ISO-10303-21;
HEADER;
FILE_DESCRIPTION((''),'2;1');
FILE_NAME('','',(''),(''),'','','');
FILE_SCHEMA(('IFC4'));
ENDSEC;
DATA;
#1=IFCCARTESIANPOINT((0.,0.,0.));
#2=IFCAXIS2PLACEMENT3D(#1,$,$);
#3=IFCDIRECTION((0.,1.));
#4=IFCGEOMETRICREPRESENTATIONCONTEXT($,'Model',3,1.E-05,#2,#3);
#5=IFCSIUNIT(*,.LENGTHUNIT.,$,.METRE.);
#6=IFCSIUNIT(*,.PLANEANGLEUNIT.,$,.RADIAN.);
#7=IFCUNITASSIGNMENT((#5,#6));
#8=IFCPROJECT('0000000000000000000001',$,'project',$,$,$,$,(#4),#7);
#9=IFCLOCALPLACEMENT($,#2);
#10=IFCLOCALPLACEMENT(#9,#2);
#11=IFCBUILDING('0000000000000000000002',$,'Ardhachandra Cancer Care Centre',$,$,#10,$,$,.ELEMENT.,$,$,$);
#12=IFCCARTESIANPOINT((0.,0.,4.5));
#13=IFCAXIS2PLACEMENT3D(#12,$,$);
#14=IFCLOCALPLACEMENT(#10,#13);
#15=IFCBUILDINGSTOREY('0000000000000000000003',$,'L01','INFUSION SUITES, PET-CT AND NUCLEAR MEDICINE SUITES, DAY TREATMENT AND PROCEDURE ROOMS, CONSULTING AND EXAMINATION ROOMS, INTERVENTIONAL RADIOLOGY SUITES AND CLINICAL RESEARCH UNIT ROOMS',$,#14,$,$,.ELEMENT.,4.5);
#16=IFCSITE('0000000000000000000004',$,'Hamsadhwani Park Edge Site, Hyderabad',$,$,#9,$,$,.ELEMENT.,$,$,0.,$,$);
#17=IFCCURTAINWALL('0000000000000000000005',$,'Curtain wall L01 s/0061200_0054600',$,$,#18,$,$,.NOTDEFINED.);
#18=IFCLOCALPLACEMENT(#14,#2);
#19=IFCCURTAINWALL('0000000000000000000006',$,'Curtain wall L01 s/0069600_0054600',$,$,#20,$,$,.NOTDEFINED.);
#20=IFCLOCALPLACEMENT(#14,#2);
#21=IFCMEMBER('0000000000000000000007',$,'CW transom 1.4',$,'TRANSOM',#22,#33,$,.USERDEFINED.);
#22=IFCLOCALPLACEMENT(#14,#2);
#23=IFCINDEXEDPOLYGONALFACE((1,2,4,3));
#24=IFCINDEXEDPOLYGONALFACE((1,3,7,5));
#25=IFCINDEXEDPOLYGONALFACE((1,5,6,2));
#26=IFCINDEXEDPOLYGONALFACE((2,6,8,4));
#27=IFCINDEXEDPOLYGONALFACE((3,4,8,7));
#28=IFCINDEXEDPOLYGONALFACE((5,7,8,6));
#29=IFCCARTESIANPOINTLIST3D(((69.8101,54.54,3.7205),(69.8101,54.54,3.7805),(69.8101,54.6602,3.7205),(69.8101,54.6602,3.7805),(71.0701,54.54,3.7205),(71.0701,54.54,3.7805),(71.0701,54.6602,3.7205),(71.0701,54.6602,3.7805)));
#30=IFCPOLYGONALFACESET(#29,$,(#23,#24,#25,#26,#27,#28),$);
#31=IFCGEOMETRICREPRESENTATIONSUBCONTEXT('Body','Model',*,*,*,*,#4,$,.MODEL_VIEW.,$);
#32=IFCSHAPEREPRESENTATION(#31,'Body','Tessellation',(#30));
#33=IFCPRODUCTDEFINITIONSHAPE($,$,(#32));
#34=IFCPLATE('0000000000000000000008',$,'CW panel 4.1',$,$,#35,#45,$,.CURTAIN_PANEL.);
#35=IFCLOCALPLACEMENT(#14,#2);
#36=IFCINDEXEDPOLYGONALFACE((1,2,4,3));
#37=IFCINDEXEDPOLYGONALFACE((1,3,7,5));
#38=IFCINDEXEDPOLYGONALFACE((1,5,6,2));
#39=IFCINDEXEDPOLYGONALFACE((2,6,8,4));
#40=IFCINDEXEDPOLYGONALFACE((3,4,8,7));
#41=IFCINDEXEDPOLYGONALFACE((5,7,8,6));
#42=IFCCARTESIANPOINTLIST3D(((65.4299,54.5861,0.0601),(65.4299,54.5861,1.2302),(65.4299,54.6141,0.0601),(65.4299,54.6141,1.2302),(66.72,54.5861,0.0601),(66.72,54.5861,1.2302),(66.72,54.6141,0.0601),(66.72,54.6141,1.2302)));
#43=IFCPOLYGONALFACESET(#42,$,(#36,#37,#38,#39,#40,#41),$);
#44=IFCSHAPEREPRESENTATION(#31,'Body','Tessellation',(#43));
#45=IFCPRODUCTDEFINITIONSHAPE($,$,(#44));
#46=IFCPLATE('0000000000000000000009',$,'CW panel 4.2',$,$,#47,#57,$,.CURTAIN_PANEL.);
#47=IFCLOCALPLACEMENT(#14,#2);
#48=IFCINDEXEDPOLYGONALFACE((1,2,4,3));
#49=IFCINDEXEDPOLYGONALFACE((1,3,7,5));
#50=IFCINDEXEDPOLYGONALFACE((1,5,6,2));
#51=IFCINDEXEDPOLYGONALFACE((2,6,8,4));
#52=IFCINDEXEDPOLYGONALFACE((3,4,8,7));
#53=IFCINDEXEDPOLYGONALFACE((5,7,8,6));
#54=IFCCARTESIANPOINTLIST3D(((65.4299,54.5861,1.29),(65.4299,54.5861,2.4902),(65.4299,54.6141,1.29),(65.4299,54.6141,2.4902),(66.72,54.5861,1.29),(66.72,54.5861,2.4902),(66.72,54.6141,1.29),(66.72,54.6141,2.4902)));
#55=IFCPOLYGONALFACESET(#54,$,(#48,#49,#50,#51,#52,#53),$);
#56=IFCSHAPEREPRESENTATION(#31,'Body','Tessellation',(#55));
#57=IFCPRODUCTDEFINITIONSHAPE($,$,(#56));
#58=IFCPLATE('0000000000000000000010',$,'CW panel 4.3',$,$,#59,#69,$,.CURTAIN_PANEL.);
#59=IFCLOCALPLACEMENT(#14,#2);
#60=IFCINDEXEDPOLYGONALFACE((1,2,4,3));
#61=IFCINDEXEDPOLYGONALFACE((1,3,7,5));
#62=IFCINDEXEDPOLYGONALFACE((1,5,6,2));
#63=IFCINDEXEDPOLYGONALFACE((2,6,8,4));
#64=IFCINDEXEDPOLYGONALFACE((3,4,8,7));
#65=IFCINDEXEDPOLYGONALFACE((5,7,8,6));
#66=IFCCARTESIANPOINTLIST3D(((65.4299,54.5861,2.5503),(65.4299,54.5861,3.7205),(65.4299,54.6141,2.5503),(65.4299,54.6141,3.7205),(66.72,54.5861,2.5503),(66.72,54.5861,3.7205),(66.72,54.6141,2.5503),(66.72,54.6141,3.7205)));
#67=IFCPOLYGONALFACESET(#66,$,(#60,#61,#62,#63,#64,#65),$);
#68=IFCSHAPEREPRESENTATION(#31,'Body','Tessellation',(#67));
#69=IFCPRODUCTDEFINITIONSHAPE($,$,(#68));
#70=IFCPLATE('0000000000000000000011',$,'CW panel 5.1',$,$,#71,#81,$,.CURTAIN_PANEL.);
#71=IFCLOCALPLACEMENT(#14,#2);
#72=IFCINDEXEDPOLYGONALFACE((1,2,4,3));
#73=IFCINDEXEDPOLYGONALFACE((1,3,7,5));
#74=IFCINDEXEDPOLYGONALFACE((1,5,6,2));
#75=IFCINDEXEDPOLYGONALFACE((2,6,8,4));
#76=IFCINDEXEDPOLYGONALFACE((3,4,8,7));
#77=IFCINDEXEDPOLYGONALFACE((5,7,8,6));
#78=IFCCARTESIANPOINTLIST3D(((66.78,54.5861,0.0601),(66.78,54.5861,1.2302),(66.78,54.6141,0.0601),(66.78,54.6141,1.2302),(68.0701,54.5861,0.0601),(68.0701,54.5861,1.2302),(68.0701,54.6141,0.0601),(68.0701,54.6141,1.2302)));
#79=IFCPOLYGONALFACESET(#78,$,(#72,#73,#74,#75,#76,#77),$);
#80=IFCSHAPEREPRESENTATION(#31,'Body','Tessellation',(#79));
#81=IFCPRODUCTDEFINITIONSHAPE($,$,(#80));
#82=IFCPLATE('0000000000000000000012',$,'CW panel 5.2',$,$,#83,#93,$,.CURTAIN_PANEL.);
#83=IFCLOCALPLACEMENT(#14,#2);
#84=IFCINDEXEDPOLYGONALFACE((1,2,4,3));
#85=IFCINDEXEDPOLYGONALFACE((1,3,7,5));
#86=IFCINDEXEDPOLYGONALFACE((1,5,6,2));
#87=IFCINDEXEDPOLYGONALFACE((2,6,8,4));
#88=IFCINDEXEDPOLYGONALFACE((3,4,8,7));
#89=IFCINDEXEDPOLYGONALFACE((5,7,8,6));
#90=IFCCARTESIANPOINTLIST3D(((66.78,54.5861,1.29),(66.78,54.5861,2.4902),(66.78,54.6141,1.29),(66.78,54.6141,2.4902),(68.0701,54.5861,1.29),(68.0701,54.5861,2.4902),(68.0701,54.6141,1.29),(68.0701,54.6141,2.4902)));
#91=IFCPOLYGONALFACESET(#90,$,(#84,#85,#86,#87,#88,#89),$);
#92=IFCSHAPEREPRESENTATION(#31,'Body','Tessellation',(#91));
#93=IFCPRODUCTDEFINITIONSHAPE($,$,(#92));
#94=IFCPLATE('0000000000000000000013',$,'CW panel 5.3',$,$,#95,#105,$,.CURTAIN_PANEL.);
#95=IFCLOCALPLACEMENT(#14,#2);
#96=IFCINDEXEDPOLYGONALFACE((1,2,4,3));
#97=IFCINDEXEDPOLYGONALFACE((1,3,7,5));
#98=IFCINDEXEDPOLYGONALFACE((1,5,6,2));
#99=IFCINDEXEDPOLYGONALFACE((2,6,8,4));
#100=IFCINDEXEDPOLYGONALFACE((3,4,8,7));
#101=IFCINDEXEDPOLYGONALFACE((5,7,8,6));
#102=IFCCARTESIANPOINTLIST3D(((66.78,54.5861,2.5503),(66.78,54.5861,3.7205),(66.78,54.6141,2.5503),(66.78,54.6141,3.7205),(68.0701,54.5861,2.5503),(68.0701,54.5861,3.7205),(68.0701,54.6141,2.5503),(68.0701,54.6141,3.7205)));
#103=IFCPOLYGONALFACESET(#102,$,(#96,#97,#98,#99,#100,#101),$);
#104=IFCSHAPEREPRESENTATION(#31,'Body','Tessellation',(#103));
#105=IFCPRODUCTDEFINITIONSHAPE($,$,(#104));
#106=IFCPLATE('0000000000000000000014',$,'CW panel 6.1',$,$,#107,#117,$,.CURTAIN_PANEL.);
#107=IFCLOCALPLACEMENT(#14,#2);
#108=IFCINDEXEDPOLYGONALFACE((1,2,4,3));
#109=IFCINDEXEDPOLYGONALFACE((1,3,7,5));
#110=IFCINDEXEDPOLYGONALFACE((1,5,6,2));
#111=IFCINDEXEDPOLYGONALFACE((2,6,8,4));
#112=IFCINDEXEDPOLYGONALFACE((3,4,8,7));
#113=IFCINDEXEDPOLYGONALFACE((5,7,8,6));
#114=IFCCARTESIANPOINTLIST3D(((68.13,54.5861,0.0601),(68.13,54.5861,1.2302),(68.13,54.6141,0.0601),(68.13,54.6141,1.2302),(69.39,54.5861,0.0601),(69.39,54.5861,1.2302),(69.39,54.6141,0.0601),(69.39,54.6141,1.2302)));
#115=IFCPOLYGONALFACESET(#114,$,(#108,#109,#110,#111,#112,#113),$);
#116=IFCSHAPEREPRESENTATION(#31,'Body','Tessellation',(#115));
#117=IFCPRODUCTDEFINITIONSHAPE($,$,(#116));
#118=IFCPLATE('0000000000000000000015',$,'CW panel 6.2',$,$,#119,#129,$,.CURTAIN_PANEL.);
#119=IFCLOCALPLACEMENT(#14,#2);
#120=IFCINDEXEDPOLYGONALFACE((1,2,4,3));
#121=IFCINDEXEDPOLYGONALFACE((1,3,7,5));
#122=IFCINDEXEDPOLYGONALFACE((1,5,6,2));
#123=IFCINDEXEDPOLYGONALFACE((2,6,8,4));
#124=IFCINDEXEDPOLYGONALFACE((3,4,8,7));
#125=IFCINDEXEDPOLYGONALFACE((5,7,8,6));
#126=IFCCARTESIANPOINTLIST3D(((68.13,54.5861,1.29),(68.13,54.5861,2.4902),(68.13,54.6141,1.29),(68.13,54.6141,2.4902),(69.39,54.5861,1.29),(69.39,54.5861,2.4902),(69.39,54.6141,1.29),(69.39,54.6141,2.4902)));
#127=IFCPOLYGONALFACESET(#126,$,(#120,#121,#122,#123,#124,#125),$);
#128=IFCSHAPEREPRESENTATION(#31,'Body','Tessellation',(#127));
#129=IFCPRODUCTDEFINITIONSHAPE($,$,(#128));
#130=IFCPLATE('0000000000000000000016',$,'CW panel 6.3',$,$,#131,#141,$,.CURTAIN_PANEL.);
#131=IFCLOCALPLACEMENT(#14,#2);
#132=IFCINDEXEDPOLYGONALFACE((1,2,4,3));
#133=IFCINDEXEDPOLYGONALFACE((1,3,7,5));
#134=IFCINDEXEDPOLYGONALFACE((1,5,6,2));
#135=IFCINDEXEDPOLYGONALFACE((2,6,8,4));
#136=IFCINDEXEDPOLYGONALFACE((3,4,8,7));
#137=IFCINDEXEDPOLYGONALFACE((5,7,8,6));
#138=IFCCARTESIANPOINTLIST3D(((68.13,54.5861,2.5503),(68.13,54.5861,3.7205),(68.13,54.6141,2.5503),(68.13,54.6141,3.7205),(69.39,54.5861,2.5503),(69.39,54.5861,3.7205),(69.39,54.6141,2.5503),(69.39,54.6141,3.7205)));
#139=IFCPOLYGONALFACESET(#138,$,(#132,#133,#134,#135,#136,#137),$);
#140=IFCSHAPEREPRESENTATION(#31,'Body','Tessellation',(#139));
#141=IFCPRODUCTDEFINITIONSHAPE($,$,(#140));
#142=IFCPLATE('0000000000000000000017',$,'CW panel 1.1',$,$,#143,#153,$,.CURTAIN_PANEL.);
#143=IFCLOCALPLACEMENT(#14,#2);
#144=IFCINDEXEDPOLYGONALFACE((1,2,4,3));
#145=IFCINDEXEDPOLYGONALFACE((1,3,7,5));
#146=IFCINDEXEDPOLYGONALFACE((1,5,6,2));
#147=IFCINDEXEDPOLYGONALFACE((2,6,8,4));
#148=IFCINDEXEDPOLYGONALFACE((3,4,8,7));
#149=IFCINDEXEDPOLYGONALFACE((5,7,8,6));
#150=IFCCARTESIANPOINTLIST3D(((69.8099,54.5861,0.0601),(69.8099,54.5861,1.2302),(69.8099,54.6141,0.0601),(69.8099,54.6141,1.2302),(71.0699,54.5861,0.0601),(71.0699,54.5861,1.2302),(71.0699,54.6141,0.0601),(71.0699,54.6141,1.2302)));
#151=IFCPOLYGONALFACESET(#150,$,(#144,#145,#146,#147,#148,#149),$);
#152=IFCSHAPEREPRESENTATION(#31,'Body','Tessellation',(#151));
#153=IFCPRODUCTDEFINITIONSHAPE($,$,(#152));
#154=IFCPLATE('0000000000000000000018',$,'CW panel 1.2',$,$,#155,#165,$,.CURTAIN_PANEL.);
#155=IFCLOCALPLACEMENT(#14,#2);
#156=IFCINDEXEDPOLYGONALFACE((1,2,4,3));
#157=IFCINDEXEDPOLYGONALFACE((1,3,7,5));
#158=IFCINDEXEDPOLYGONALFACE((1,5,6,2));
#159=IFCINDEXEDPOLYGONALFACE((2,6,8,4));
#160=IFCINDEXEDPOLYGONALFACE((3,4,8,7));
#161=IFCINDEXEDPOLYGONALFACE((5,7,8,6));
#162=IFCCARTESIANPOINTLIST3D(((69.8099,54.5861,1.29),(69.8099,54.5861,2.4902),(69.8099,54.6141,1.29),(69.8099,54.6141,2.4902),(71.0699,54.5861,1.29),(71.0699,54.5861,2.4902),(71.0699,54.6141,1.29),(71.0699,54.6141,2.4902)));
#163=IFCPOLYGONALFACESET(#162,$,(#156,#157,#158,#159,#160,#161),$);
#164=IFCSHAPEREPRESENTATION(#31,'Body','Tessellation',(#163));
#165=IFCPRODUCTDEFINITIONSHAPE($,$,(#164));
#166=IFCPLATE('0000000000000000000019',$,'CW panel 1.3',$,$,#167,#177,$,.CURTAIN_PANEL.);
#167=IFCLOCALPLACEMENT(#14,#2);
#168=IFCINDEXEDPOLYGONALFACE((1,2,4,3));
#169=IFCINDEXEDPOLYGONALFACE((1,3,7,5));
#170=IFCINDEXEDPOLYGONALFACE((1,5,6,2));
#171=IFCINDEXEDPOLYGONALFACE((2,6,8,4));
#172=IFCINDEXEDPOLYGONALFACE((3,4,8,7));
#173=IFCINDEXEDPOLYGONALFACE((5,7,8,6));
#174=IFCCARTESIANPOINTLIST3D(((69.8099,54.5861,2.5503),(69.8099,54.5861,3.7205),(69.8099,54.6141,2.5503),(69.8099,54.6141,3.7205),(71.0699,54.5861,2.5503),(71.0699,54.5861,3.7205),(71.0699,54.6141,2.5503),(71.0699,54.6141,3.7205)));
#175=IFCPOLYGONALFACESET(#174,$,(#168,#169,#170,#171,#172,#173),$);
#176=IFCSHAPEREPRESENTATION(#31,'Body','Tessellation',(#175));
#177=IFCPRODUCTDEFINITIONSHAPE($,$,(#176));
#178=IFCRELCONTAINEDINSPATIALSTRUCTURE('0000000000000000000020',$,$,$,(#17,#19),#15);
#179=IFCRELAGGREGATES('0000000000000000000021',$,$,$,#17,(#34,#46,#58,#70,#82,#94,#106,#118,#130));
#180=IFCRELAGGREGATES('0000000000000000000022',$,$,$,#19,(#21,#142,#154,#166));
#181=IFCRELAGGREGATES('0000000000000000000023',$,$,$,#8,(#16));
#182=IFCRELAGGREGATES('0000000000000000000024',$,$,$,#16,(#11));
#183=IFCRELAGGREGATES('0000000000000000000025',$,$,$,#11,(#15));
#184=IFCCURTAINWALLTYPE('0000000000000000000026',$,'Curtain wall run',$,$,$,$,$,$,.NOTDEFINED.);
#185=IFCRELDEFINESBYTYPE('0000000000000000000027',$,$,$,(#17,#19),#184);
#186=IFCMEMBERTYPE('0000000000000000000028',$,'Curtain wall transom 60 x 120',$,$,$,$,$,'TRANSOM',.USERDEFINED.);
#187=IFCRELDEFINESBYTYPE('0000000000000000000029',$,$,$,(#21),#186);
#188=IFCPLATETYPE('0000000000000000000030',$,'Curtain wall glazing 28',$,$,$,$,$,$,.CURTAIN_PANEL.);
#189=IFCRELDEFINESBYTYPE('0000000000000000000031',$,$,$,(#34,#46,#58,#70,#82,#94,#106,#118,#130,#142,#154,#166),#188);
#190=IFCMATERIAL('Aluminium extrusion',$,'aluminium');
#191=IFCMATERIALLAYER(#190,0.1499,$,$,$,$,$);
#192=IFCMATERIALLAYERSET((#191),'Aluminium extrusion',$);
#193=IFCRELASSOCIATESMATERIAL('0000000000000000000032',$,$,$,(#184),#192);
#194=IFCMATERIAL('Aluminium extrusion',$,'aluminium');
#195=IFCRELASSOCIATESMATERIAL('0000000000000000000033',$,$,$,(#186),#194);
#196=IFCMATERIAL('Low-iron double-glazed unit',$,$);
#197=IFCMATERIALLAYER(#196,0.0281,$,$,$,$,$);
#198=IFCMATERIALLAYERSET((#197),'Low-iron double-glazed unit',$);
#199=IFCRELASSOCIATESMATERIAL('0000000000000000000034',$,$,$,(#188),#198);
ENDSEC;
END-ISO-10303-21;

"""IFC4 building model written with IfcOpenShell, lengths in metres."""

from ifc_helpers import new_model, si_unit, direction, frame, origin, origin_2d, place, context, subcontext, project, spatial, rectangle, extrude, material, layer, layer_set, material_profile, profile_set, type_object, element, aggregate, save


model = new_model("IFC4")

# Units and contexts
model_context = context("Model", 3, precision=1e-05, world=origin(), true_north=direction((0.0, 1.0)))
body_context = subcontext(model_context, "Body", "Model", "MODEL_VIEW")
ifc_project = project(units=[si_unit("LENGTHUNIT", "METRE"), si_unit("PLANEANGLEUNIT", "RADIAN")], contexts=[model_context])

# Site, building, storey
site_placement = place(None, origin())
site = spatial("IfcSite", under=ifc_project, at=site_placement, Name="Hamsadhwani Park Edge Site, Hyderabad", CompositionType="ELEMENT", RefElevation=0.0)
building_placement = place(site_placement, origin())
building = spatial("IfcBuilding", under=site, at=building_placement, Name="Ardhachandra Cancer Care Centre", CompositionType="ELEMENT")
storey_placement = place(building_placement, frame((0.0, 0.0, 4.5)))
storey = spatial("IfcBuildingStorey", under=building, at=storey_placement, Name="L01", Description="INFUSION SUITES, PET-CT AND NUCLEAR MEDICINE SUITES, DAY TREATMENT AND PROCEDURE ROOMS, CONSULTING AND EXAMINATION ROOMS, INTERVENTIONAL RADIOLOGY SUITES AND CLINICAL RESEARCH UNIT ROOMS", CompositionType="ELEMENT", Elevation=4.5)

# Curtain walls
ifc_material_1 = material(Name="Aluminium extrusion", Category="aluminium")
ifc_layer_1 = layer(ifc_material_1, 0.1499)
ifc_layer_set_1 = layer_set([ifc_layer_1], Name="Aluminium extrusion")
curtain_wall_type = type_object("IfcCurtainWallType", Name="Curtain wall run", PredefinedType="NOTDEFINED", material=ifc_layer_set_1)
curtain_wall_1_placement = place(storey_placement, origin())
curtain_wall_1 = element("IfcCurtainWall", 1, at=curtain_wall_1_placement, inside=storey, type_object=curtain_wall_type, Name="Curtain wall L01 s/0061200_0054600", PredefinedType="NOTDEFINED")
curtain_wall_2_placement = place(storey_placement, origin())
curtain_wall_2 = element("IfcCurtainWall", 2, at=curtain_wall_2_placement, inside=storey, type_object=curtain_wall_type, Name="Curtain wall L01 s/0069600_0054600", PredefinedType="NOTDEFINED")

# Member
ifc_material_2 = material(Name="Aluminium extrusion", Category="aluminium")
ifc_material_profile_1 = material_profile(ifc_material_2, rectangle(XDim=0.1201, YDim=0.0601, at=origin_2d()), Name="Curtain wall transom 60 x 120")
ifc_profile_set_1 = profile_set([ifc_material_profile_1], Name="Aluminium extrusion")
member_type_1 = type_object("IfcMemberType", Name="Curtain wall transom 60 x 120", ElementType="TRANSOM", PredefinedType="USERDEFINED", material=ifc_profile_set_1)
member_1_placement = place(storey_placement, frame((69.8101, 54.6001, 3.7505), z_axis=(1.0, 0.0, 0.0), x_axis=(0.0, 1.0, 0.0)))
member_1 = element("IfcMember", 3, at=member_1_placement, type_object=member_type_1, Name="CW transom 1.4", ObjectType="TRANSOM", PredefinedType="USERDEFINED", context=body_context, shape_type="SweptSolid", body=[
    extrude(rectangle(XDim=0.1201, YDim=0.0601, at=origin_2d()), origin(), (0.0, 0.0, 1.0), 1.26),
])

# Plates
ifc_material_3 = material(Name="Low-iron double-glazed unit")
ifc_layer_2 = layer(ifc_material_3, 0.0281)
ifc_layer_set_2 = layer_set([ifc_layer_2], Name="Low-iron double-glazed unit")
plate_type = type_object("IfcPlateType", Name="Curtain wall glazing 28", PredefinedType="CURTAIN_PANEL", material=ifc_layer_set_2)
plate_1_placement = place(storey_placement, frame((66.075, 54.6001, 0.0601), z_axis=(0.0, 0.0, 1.0), x_axis=(1.0, 0.0, 0.0)))
plate_1 = element("IfcPlate", 4, at=plate_1_placement, type_object=plate_type, Name="CW panel 4.1", PredefinedType="CURTAIN_PANEL", context=body_context, shape_type="SweptSolid", body=[
    extrude(rectangle(XDim=1.29, YDim=0.0281, at=origin_2d()), origin(), (0.0, 0.0, 1.0), 1.1702),
])
plate_2_placement = place(storey_placement, frame((66.075, 54.6001, 1.29), z_axis=(0.0, 0.0, 1.0), x_axis=(1.0, 0.0, 0.0)))
plate_2 = element("IfcPlate", 5, at=plate_2_placement, type_object=plate_type, Name="CW panel 4.2", PredefinedType="CURTAIN_PANEL", context=body_context, shape_type="SweptSolid", body=[
    extrude(rectangle(XDim=1.29, YDim=0.0281, at=origin_2d()), origin(), (0.0, 0.0, 1.0), 1.2002),
])
plate_3_placement = place(storey_placement, frame((66.075, 54.6001, 2.5503), z_axis=(0.0, 0.0, 1.0), x_axis=(1.0, 0.0, 0.0)))
plate_3 = element("IfcPlate", 6, at=plate_3_placement, type_object=plate_type, Name="CW panel 4.3", PredefinedType="CURTAIN_PANEL", context=body_context, shape_type="SweptSolid", body=[
    extrude(rectangle(XDim=1.29, YDim=0.0281, at=origin_2d()), origin(), (0.0, 0.0, 1.0), 1.1702),
])
plate_4_placement = place(storey_placement, frame((67.425, 54.6001, 0.0601), z_axis=(0.0, 0.0, 1.0), x_axis=(1.0, 0.0, 0.0)))
plate_4 = element("IfcPlate", 7, at=plate_4_placement, type_object=plate_type, Name="CW panel 5.1", PredefinedType="CURTAIN_PANEL", context=body_context, shape_type="SweptSolid", body=[
    extrude(rectangle(XDim=1.29, YDim=0.0281, at=origin_2d()), origin(), (0.0, 0.0, 1.0), 1.1702),
])
plate_5_placement = place(storey_placement, frame((67.425, 54.6001, 1.29), z_axis=(0.0, 0.0, 1.0), x_axis=(1.0, 0.0, 0.0)))
plate_5 = element("IfcPlate", 8, at=plate_5_placement, type_object=plate_type, Name="CW panel 5.2", PredefinedType="CURTAIN_PANEL", context=body_context, shape_type="SweptSolid", body=[
    extrude(rectangle(XDim=1.29, YDim=0.0281, at=origin_2d()), origin(), (0.0, 0.0, 1.0), 1.2002),
])
plate_6_placement = place(storey_placement, frame((67.425, 54.6001, 2.5503), z_axis=(0.0, 0.0, 1.0), x_axis=(1.0, 0.0, 0.0)))
plate_6 = element("IfcPlate", 9, at=plate_6_placement, type_object=plate_type, Name="CW panel 5.3", PredefinedType="CURTAIN_PANEL", context=body_context, shape_type="SweptSolid", body=[
    extrude(rectangle(XDim=1.29, YDim=0.0281, at=origin_2d()), origin(), (0.0, 0.0, 1.0), 1.1702),
])
plate_7_placement = place(storey_placement, frame((68.76, 54.6001, 0.0601), z_axis=(0.0, 0.0, 1.0), x_axis=(1.0, 0.0, 0.0)))
plate_7 = element("IfcPlate", 10, at=plate_7_placement, type_object=plate_type, Name="CW panel 6.1", PredefinedType="CURTAIN_PANEL", context=body_context, shape_type="SweptSolid", body=[
    extrude(rectangle(XDim=1.26, YDim=0.0281, at=origin_2d()), origin(), (0.0, 0.0, 1.0), 1.1702),
])
plate_8_placement = place(storey_placement, frame((68.76, 54.6001, 1.29), z_axis=(0.0, 0.0, 1.0), x_axis=(1.0, 0.0, 0.0)))
plate_8 = element("IfcPlate", 11, at=plate_8_placement, type_object=plate_type, Name="CW panel 6.2", PredefinedType="CURTAIN_PANEL", context=body_context, shape_type="SweptSolid", body=[
    extrude(rectangle(XDim=1.26, YDim=0.0281, at=origin_2d()), origin(), (0.0, 0.0, 1.0), 1.2002),
])
plate_9_placement = place(storey_placement, frame((68.76, 54.6001, 2.5503), z_axis=(0.0, 0.0, 1.0), x_axis=(1.0, 0.0, 0.0)))
plate_9 = element("IfcPlate", 12, at=plate_9_placement, type_object=plate_type, Name="CW panel 6.3", PredefinedType="CURTAIN_PANEL", context=body_context, shape_type="SweptSolid", body=[
    extrude(rectangle(XDim=1.26, YDim=0.0281, at=origin_2d()), origin(), (0.0, 0.0, 1.0), 1.1702),
])
aggregate(curtain_wall_1, [plate_1, plate_2, plate_3, plate_4, plate_5, plate_6, plate_7, plate_8, plate_9])
plate_10_placement = place(storey_placement, frame((70.4399, 54.6001, 0.0601), z_axis=(0.0, 0.0, 1.0), x_axis=(1.0, 0.0, 0.0)))
plate_10 = element("IfcPlate", 13, at=plate_10_placement, type_object=plate_type, Name="CW panel 1.1", PredefinedType="CURTAIN_PANEL", context=body_context, shape_type="SweptSolid", body=[
    extrude(rectangle(XDim=1.26, YDim=0.0281, at=origin_2d()), origin(), (0.0, 0.0, 1.0), 1.1702),
])
plate_11_placement = place(storey_placement, frame((70.4399, 54.6001, 1.29), z_axis=(0.0, 0.0, 1.0), x_axis=(1.0, 0.0, 0.0)))
plate_11 = element("IfcPlate", 14, at=plate_11_placement, type_object=plate_type, Name="CW panel 1.2", PredefinedType="CURTAIN_PANEL", context=body_context, shape_type="SweptSolid", body=[
    extrude(rectangle(XDim=1.26, YDim=0.0281, at=origin_2d()), origin(), (0.0, 0.0, 1.0), 1.2002),
])
plate_12_placement = place(storey_placement, frame((70.4399, 54.6001, 2.5503), z_axis=(0.0, 0.0, 1.0), x_axis=(1.0, 0.0, 0.0)))
plate_12 = element("IfcPlate", 15, at=plate_12_placement, type_object=plate_type, Name="CW panel 1.3", PredefinedType="CURTAIN_PANEL", context=body_context, shape_type="SweptSolid", body=[
    extrude(rectangle(XDim=1.26, YDim=0.0281, at=origin_2d()), origin(), (0.0, 0.0, 1.0), 1.1702),
])
aggregate(curtain_wall_2, [member_1, plate_10, plate_11, plate_12])

save(model, "model.ifc")
